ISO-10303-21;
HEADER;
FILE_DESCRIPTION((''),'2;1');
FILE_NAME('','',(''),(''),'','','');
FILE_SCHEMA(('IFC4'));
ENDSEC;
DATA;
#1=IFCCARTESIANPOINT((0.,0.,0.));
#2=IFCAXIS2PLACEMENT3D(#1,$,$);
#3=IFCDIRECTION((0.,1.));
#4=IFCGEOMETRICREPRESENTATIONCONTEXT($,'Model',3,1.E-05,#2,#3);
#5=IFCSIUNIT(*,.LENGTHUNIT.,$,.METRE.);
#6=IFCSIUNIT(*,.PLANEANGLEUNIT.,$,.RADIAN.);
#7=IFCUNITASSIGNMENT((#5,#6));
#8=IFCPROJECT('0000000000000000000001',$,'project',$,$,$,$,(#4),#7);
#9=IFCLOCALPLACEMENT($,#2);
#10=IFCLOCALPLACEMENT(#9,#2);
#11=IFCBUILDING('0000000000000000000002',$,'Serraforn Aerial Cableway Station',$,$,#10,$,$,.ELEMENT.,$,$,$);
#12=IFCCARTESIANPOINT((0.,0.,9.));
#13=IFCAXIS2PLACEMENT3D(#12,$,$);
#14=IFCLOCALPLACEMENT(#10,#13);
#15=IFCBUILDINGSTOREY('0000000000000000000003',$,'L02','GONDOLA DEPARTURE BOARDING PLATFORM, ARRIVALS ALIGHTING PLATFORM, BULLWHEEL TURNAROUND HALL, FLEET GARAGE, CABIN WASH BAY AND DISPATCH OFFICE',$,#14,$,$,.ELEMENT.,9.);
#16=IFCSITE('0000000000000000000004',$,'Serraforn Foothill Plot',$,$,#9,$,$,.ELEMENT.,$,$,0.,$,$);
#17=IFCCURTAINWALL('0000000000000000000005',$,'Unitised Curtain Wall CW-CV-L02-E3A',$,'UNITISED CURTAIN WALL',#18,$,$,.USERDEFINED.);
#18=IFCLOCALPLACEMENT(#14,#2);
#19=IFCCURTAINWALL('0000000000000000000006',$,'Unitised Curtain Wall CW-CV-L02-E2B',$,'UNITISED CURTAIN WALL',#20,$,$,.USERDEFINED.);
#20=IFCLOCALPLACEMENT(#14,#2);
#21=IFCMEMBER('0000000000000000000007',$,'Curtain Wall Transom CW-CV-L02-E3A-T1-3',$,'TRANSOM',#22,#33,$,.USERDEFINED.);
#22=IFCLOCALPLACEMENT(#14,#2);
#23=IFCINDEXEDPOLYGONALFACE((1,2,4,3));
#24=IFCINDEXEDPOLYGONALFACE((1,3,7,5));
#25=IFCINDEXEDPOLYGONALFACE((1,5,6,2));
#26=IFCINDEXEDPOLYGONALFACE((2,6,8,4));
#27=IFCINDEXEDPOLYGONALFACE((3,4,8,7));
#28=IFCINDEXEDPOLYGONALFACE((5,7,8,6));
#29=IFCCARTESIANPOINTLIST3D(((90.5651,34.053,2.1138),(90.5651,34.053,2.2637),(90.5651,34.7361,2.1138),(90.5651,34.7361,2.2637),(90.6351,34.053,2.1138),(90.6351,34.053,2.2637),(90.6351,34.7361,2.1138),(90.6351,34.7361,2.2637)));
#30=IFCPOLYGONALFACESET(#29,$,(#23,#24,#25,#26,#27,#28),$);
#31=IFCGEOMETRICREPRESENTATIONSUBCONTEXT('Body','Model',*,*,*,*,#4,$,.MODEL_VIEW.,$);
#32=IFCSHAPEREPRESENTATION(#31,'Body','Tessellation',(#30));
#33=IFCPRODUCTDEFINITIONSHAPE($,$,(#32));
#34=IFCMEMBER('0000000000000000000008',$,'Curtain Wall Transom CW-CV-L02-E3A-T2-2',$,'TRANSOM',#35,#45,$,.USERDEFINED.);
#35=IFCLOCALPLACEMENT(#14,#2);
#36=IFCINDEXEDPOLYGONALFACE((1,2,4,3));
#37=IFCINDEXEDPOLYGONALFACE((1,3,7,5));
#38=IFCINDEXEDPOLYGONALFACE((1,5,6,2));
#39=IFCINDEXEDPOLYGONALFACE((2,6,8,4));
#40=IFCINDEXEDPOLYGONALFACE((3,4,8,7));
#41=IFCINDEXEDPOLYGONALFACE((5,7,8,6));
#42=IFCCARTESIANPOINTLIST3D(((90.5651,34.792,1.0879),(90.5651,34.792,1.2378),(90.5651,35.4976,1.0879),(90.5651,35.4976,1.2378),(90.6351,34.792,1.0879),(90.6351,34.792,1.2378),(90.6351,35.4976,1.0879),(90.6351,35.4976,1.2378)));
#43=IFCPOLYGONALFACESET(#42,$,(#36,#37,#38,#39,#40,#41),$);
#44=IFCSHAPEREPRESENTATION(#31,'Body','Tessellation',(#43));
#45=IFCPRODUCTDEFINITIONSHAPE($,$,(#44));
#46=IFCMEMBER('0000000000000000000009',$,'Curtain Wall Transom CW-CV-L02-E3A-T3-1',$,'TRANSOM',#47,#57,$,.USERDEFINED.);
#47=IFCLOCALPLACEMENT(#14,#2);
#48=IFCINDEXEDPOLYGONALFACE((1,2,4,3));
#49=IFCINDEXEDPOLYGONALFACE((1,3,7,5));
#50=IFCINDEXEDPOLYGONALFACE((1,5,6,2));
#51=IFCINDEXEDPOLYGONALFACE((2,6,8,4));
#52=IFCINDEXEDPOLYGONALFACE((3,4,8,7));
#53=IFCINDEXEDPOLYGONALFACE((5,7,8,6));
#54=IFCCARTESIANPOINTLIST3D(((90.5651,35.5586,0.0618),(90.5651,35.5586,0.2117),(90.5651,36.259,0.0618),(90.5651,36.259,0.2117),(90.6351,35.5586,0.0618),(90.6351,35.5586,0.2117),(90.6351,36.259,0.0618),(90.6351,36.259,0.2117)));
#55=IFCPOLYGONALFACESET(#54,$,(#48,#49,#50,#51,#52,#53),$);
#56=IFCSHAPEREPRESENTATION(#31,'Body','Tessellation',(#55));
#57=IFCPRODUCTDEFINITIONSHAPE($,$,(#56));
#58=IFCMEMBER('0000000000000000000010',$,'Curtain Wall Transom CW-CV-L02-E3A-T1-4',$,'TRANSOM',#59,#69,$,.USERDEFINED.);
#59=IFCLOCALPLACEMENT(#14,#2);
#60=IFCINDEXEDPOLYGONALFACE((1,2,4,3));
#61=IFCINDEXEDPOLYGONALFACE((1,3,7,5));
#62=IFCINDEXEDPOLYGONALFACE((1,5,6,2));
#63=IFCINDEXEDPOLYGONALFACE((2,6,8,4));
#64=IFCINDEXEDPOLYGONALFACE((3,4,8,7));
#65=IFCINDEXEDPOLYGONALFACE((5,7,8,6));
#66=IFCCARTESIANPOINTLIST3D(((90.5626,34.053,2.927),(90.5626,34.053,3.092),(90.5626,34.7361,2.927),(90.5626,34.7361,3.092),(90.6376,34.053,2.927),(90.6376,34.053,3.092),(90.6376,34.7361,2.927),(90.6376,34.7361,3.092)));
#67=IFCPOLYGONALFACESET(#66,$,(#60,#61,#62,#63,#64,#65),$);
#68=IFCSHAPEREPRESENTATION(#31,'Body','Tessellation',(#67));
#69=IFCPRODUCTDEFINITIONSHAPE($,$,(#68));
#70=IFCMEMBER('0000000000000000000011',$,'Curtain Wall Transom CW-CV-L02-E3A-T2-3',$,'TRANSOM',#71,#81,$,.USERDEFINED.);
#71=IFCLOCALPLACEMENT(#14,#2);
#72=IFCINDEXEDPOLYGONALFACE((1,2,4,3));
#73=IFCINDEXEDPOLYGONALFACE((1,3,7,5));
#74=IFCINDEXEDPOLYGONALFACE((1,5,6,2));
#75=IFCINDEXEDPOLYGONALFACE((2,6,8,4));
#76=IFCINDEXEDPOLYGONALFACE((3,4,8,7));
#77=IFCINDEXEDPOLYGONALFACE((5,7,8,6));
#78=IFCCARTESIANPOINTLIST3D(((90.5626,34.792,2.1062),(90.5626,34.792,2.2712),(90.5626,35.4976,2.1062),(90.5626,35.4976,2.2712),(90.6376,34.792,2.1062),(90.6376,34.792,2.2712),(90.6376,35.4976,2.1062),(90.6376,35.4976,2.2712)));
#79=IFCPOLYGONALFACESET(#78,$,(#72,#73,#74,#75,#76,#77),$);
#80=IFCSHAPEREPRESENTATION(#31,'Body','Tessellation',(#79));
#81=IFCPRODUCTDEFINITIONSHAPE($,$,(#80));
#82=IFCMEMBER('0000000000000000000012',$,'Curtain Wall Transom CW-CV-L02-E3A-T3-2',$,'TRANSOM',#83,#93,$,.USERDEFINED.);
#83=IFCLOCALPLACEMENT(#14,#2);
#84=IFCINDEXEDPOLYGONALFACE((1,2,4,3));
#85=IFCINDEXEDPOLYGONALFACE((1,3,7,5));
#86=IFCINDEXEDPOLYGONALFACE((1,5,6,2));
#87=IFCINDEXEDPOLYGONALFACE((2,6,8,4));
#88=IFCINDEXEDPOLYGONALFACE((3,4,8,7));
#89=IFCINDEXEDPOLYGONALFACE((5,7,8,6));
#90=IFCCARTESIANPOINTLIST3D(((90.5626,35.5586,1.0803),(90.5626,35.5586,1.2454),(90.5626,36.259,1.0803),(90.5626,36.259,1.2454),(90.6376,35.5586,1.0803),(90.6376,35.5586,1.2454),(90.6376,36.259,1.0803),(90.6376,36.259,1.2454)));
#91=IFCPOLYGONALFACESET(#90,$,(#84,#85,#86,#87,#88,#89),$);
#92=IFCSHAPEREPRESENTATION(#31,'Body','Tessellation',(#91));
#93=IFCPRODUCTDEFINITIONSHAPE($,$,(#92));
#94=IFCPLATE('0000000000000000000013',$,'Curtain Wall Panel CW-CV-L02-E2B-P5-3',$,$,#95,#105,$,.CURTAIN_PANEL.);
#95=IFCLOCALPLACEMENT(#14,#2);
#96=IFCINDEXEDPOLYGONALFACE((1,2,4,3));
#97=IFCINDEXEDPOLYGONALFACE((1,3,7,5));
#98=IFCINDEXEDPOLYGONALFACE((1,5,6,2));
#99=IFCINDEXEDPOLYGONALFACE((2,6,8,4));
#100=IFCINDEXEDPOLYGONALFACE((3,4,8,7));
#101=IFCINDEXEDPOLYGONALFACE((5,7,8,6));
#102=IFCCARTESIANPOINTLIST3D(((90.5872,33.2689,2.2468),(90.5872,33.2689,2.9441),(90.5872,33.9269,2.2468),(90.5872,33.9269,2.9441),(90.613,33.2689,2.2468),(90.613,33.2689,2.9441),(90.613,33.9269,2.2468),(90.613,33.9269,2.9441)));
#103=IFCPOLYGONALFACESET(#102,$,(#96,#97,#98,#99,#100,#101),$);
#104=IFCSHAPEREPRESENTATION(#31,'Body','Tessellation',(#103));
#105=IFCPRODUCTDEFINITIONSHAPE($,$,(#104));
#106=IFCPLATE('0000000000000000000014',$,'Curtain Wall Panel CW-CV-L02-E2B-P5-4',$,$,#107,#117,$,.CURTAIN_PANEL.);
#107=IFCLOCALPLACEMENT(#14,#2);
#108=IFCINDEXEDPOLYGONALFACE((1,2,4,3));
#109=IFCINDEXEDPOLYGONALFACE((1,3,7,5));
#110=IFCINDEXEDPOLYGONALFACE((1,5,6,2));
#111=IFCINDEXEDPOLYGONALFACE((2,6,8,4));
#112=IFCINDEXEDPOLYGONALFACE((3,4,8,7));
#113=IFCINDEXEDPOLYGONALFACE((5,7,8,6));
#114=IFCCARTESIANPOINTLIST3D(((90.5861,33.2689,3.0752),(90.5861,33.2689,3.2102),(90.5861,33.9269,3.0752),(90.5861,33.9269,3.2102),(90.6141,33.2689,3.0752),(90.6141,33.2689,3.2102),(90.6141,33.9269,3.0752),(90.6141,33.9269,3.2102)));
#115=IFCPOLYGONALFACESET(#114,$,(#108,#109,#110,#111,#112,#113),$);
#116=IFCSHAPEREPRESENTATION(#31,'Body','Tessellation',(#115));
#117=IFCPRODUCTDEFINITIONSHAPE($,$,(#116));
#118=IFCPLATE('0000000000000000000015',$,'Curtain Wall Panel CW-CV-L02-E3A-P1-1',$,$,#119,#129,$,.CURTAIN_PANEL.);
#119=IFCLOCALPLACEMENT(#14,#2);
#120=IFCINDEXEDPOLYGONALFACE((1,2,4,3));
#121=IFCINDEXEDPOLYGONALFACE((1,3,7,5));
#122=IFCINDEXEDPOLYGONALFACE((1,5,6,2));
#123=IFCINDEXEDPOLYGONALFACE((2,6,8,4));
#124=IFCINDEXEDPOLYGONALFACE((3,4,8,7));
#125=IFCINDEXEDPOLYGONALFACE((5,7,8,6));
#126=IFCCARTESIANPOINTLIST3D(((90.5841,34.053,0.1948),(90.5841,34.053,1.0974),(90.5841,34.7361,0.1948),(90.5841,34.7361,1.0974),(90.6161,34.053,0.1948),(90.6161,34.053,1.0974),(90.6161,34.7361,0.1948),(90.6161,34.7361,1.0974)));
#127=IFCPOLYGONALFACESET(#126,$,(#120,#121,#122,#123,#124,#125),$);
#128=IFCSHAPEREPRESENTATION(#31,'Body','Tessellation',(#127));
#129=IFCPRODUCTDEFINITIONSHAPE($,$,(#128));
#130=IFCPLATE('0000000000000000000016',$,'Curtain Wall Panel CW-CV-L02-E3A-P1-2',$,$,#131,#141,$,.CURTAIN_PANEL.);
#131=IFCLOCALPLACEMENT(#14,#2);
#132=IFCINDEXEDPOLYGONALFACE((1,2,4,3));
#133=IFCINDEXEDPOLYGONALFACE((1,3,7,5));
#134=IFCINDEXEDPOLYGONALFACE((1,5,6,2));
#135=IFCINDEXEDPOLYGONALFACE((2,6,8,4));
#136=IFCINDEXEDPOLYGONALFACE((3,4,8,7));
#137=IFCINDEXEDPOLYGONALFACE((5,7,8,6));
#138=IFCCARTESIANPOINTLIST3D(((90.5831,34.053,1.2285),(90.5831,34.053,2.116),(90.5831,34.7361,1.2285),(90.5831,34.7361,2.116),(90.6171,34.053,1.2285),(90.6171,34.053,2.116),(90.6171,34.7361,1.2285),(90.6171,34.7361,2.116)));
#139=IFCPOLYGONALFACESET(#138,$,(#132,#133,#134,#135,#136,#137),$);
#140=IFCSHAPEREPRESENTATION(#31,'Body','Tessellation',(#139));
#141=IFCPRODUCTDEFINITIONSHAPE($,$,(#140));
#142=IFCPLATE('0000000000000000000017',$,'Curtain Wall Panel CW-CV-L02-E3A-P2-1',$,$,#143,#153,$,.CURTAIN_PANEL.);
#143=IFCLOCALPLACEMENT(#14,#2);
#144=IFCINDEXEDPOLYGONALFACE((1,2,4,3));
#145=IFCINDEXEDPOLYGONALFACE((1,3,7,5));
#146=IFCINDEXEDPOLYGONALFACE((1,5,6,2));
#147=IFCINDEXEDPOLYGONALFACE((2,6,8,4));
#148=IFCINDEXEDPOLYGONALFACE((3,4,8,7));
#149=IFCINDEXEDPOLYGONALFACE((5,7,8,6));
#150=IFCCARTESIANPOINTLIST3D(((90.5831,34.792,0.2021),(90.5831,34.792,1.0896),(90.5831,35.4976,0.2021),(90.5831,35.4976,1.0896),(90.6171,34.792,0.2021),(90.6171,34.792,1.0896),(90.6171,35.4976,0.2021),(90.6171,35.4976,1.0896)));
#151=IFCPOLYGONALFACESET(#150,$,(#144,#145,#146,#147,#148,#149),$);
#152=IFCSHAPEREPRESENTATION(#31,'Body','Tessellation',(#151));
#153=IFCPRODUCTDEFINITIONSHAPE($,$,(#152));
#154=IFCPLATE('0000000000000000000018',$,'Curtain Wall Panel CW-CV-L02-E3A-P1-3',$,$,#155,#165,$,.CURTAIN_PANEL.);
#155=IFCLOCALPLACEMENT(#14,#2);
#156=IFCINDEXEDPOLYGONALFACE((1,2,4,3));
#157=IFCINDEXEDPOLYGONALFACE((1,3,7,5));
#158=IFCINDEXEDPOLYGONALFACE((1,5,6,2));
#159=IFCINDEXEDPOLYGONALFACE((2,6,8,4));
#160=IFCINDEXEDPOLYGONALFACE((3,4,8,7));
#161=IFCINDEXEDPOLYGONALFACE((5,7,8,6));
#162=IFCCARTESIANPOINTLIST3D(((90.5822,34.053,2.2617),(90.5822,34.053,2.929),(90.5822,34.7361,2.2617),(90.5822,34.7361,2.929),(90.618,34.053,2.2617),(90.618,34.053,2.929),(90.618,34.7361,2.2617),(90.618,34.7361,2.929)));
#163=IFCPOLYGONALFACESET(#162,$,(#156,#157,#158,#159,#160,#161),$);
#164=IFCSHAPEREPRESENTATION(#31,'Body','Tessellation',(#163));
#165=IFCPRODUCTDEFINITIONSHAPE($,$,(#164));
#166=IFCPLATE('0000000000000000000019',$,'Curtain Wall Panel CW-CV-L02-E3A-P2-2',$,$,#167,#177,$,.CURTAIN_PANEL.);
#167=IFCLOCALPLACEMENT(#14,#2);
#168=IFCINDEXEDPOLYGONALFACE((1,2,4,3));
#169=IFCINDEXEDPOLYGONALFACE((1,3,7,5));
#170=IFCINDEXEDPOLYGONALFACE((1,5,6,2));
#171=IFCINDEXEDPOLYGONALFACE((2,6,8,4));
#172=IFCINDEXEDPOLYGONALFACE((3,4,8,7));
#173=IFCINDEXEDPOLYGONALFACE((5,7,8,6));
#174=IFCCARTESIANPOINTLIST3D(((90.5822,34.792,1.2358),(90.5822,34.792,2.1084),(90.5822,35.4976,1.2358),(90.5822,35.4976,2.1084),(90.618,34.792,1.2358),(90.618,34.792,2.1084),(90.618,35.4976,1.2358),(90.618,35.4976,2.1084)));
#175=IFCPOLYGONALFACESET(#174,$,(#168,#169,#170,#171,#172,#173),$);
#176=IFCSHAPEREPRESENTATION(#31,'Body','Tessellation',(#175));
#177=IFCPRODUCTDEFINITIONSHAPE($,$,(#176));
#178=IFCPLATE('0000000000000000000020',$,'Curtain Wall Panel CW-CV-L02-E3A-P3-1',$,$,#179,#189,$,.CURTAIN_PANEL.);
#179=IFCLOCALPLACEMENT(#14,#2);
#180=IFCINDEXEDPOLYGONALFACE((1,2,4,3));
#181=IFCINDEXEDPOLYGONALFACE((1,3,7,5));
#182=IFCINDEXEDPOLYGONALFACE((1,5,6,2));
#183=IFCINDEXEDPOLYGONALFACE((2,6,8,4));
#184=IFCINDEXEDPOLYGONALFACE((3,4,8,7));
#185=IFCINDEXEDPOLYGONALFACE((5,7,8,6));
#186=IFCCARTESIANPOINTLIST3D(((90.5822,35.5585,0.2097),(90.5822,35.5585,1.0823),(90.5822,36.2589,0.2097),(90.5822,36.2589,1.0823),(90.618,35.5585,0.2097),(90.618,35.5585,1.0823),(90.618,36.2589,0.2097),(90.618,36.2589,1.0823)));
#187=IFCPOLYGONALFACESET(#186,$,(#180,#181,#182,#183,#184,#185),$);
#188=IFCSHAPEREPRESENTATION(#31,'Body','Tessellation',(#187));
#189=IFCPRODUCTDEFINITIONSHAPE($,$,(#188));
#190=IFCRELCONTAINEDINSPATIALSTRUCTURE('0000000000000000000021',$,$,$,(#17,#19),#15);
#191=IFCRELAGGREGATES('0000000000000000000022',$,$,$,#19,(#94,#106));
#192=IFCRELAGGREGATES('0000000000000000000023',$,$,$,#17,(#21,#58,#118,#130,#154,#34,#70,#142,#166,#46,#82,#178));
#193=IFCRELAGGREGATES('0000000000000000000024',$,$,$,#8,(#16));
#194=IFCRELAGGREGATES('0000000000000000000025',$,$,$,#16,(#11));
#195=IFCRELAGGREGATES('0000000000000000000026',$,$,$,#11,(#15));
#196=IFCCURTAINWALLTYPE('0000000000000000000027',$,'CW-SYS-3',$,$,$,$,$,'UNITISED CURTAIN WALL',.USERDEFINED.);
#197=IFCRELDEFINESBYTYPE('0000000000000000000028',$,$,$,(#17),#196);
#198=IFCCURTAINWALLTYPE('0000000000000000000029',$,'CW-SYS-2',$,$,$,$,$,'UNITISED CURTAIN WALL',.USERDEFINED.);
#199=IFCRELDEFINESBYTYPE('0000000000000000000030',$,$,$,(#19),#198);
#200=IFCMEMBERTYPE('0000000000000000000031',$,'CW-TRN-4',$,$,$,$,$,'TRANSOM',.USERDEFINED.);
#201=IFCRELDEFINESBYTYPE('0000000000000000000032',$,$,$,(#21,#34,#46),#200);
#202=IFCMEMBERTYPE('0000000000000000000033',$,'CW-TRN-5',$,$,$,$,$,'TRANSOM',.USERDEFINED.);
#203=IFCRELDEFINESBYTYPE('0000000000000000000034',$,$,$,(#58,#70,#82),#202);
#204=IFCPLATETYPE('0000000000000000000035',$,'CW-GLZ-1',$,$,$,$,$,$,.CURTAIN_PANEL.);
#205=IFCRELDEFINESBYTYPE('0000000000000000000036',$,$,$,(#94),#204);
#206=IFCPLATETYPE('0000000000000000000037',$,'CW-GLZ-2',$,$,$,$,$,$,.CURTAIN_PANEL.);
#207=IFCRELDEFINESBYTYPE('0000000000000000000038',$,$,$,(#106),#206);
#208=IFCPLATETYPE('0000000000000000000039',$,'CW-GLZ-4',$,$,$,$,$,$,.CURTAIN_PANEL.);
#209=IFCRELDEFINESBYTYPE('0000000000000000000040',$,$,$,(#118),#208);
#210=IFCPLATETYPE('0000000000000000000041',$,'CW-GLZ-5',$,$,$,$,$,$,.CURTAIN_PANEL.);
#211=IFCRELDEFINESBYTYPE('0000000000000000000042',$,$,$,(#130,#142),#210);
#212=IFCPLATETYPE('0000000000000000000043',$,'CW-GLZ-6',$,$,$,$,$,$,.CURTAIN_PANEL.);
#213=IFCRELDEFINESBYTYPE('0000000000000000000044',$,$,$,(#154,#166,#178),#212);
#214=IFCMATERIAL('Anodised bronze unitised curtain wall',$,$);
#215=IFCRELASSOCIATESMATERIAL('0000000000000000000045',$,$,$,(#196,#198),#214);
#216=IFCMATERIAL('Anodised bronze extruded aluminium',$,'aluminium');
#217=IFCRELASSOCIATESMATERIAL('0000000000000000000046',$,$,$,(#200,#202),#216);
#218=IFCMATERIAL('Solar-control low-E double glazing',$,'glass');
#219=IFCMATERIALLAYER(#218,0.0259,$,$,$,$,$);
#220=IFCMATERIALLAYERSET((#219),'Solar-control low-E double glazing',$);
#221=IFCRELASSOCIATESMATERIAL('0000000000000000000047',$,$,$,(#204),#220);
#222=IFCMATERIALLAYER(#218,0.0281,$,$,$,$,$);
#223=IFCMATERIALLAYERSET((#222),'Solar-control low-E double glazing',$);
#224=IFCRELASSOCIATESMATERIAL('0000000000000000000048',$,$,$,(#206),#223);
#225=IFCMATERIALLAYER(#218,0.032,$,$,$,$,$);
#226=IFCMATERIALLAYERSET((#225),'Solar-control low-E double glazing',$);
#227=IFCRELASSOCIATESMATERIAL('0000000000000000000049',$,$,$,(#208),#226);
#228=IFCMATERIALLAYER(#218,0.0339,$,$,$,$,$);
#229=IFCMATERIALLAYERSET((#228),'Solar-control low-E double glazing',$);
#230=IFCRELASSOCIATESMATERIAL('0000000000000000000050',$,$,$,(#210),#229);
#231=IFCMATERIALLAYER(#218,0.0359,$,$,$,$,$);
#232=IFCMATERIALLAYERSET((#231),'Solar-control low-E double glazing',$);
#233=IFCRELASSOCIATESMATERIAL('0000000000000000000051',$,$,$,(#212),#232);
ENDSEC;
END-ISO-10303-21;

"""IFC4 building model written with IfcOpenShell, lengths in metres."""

from ifc_helpers import new_model, si_unit, direction, frame, origin, origin_2d, place, context, subcontext, project, spatial, rectangle, extrude, material, layer, layer_set, material_profile, profile_set, type_object, element, aggregate, save


model = new_model("IFC4")

# Units and contexts
model_context = context("Model", 3, precision=1e-05, world=origin(), true_north=direction((0.0, 1.0)))
body_context = subcontext(model_context, "Body", "Model", "MODEL_VIEW")
ifc_project = project(units=[si_unit("LENGTHUNIT", "METRE"), si_unit("PLANEANGLEUNIT", "RADIAN")], contexts=[model_context])

# Site, building, storey
site_placement = place(None, origin())
site = spatial("IfcSite", under=ifc_project, at=site_placement, Name="Serraforn Foothill Plot", CompositionType="ELEMENT", RefElevation=0.0)
building_placement = place(site_placement, origin())
building = spatial("IfcBuilding", under=site, at=building_placement, Name="Serraforn Aerial Cableway Station", CompositionType="ELEMENT")
storey_placement = place(building_placement, frame((0.0, 0.0, 9.0)))
storey = spatial("IfcBuildingStorey", under=building, at=storey_placement, Name="L02", Description="GONDOLA DEPARTURE BOARDING PLATFORM, ARRIVALS ALIGHTING PLATFORM, BULLWHEEL TURNAROUND HALL, FLEET GARAGE, CABIN WASH BAY AND DISPATCH OFFICE", CompositionType="ELEMENT", Elevation=9.0)

# Curtain wall
ifc_material_1 = material(Name="Anodised bronze unitised curtain wall")
curtain_wall_type_1 = type_object("IfcCurtainWallType", Name="CW-SYS-3", ElementType="UNITISED CURTAIN WALL", PredefinedType="USERDEFINED", material=ifc_material_1)
curtain_wall_1_placement = place(storey_placement, origin())
curtain_wall_1 = element("IfcCurtainWall", 1, at=curtain_wall_1_placement, inside=storey, type_object=curtain_wall_type_1, Name="Unitised Curtain Wall CW-CV-L02-E3A", ObjectType="UNITISED CURTAIN WALL", PredefinedType="USERDEFINED")
ifc_material_2 = material(Name="Anodised bronze extruded aluminium", Category="aluminium")

# Curtain wall
curtain_wall_type_2 = type_object("IfcCurtainWallType", Name="CW-SYS-2", ElementType="UNITISED CURTAIN WALL", PredefinedType="USERDEFINED", material=ifc_material_1)
curtain_wall_2_placement = place(storey_placement, origin())
curtain_wall_2 = element("IfcCurtainWall", 2, at=curtain_wall_2_placement, inside=storey, type_object=curtain_wall_type_2, Name="Unitised Curtain Wall CW-CV-L02-E2B", ObjectType="UNITISED CURTAIN WALL", PredefinedType="USERDEFINED")

# Members
ifc_material_profile_1 = material_profile(ifc_material_2, rectangle(XDim=0.0701, YDim=0.1499, at=origin_2d()), Name="CW TRANSOM 70x150")
ifc_profile_set_1 = profile_set([ifc_material_profile_1], Name="Anodised bronze extruded aluminium")
member_type_1 = type_object("IfcMemberType", Name="CW-TRN-4", ElementType="TRANSOM", PredefinedType="USERDEFINED", material=ifc_profile_set_1)
member_1_placement = place(storey_placement, frame((90.6001, 34.053, 2.1887), z_axis=(0.0, 1.0, 0.0), x_axis=(-1.0, 0.0, 0.0)))
member_1 = element("IfcMember", 3, at=member_1_placement, type_object=member_type_1, Name="Curtain Wall Transom CW-CV-L02-E3A-T1-3", ObjectType="TRANSOM", PredefinedType="USERDEFINED", context=body_context, shape_type="SweptSolid", body=[
    extrude(rectangle(XDim=0.0701, YDim=0.1499, at=origin_2d()), origin(), (0.0, 0.0, 1.0), 0.6831),
])
member_2_placement = place(storey_placement, frame((90.6001, 34.792, 1.1628), z_axis=(0.0, 1.0, 0.0), x_axis=(-1.0, 0.0, 0.0)))
member_2 = element("IfcMember", 4, at=member_2_placement, type_object=member_type_1, Name="Curtain Wall Transom CW-CV-L02-E3A-T2-2", ObjectType="TRANSOM", PredefinedType="USERDEFINED", context=body_context, shape_type="SweptSolid", body=[
    extrude(rectangle(XDim=0.0701, YDim=0.1499, at=origin_2d()), origin(), (0.0, 0.0, 1.0), 0.7056),
])
member_3_placement = place(storey_placement, frame((90.6001, 35.5586, 0.1367), z_axis=(0.0, 1.0, 0.0), x_axis=(-1.0, 0.0, 0.0)))
member_3 = element("IfcMember", 5, at=member_3_placement, type_object=member_type_1, Name="Curtain Wall Transom CW-CV-L02-E3A-T3-1", ObjectType="TRANSOM", PredefinedType="USERDEFINED", context=body_context, shape_type="SweptSolid", body=[
    extrude(rectangle(XDim=0.0701, YDim=0.1499, at=origin_2d()), origin(), (0.0, 0.0, 1.0), 0.7004),
])
ifc_material_profile_2 = material_profile(ifc_material_2, rectangle(XDim=0.075, YDim=0.165, at=origin_2d()), Name="CW TRANSOM 75x165")
ifc_profile_set_2 = profile_set([ifc_material_profile_2], Name="Anodised bronze extruded aluminium")
member_type_2 = type_object("IfcMemberType", Name="CW-TRN-5", ElementType="TRANSOM", PredefinedType="USERDEFINED", material=ifc_profile_set_2)
member_4_placement = place(storey_placement, frame((90.6001, 34.053, 3.0095), z_axis=(0.0, 1.0, 0.0), x_axis=(-1.0, 0.0, 0.0)))
member_4 = element("IfcMember", 6, at=member_4_placement, type_object=member_type_2, Name="Curtain Wall Transom CW-CV-L02-E3A-T1-4", ObjectType="TRANSOM", PredefinedType="USERDEFINED", context=body_context, shape_type="SweptSolid", body=[
    extrude(rectangle(XDim=0.075, YDim=0.165, at=origin_2d()), origin(), (0.0, 0.0, 1.0), 0.6831),
])
member_5_placement = place(storey_placement, frame((90.6001, 34.792, 2.1887), z_axis=(0.0, 1.0, 0.0), x_axis=(-1.0, 0.0, 0.0)))
member_5 = element("IfcMember", 7, at=member_5_placement, type_object=member_type_2, Name="Curtain Wall Transom CW-CV-L02-E3A-T2-3", ObjectType="TRANSOM", PredefinedType="USERDEFINED", context=body_context, shape_type="SweptSolid", body=[
    extrude(rectangle(XDim=0.075, YDim=0.165, at=origin_2d()), origin(), (0.0, 0.0, 1.0), 0.7056),
])
member_6_placement = place(storey_placement, frame((90.6001, 35.5586, 1.1628), z_axis=(0.0, 1.0, 0.0), x_axis=(-1.0, 0.0, 0.0)))
member_6 = element("IfcMember", 8, at=member_6_placement, type_object=member_type_2, Name="Curtain Wall Transom CW-CV-L02-E3A-T3-2", ObjectType="TRANSOM", PredefinedType="USERDEFINED", context=body_context, shape_type="SweptSolid", body=[
    extrude(rectangle(XDim=0.075, YDim=0.165, at=origin_2d()), origin(), (0.0, 0.0, 1.0), 0.7004),
])

# Plates
ifc_material_3 = material(Name="Solar-control low-E double glazing", Category="glass")
ifc_layer_1 = layer(ifc_material_3, 0.0259)
ifc_layer_set_1 = layer_set([ifc_layer_1], Name="Solar-control low-E double glazing")
plate_type_1 = type_object("IfcPlateType", Name="CW-GLZ-1", PredefinedType="CURTAIN_PANEL", material=ifc_layer_set_1)
plate_1_placement = place(storey_placement, frame((90.6001, 33.5979, 2.2468), z_axis=(0.0, 0.0, 1.0), x_axis=(1.0, 0.0, 0.0)))
plate_1 = element("IfcPlate", 9, at=plate_1_placement, type_object=plate_type_1, Name="Curtain Wall Panel CW-CV-L02-E2B-P5-3", PredefinedType="CURTAIN_PANEL", context=body_context, shape_type="SweptSolid", body=[
    extrude(rectangle(XDim=0.0259, YDim=0.658, at=origin_2d()), origin(), (0.0, 0.0, 1.0), 0.6973),
])
ifc_layer_2 = layer(ifc_material_3, 0.0281)
ifc_layer_set_2 = layer_set([ifc_layer_2], Name="Solar-control low-E double glazing")
plate_type_2 = type_object("IfcPlateType", Name="CW-GLZ-2", PredefinedType="CURTAIN_PANEL", material=ifc_layer_set_2)
plate_2_placement = place(storey_placement, frame((90.6001, 33.5979, 3.0752), z_axis=(0.0, 0.0, 1.0), x_axis=(1.0, 0.0, 0.0)))
plate_2 = element("IfcPlate", 10, at=plate_2_placement, type_object=plate_type_2, Name="Curtain Wall Panel CW-CV-L02-E2B-P5-4", PredefinedType="CURTAIN_PANEL", context=body_context, shape_type="SweptSolid", body=[
    extrude(rectangle(XDim=0.0281, YDim=0.658, at=origin_2d()), origin(), (0.0, 0.0, 1.0), 0.135),
])
ifc_layer_3 = layer(ifc_material_3, 0.032)
ifc_layer_set_3 = layer_set([ifc_layer_3], Name="Solar-control low-E double glazing")
plate_type_3 = type_object("IfcPlateType", Name="CW-GLZ-4", PredefinedType="CURTAIN_PANEL", material=ifc_layer_set_3)
plate_3_placement = place(storey_placement, frame((90.6001, 34.3945, 0.1948), z_axis=(0.0, 0.0, 1.0), x_axis=(1.0, 0.0, 0.0)))
plate_3 = element("IfcPlate", 11, at=plate_3_placement, type_object=plate_type_3, Name="Curtain Wall Panel CW-CV-L02-E3A-P1-1", PredefinedType="CURTAIN_PANEL", context=body_context, shape_type="SweptSolid", body=[
    extrude(rectangle(XDim=0.032, YDim=0.6831, at=origin_2d()), origin(), (0.0, 0.0, 1.0), 0.9026),
])
ifc_layer_4 = layer(ifc_material_3, 0.0339)
ifc_layer_set_4 = layer_set([ifc_layer_4], Name="Solar-control low-E double glazing")
plate_type_4 = type_object("IfcPlateType", Name="CW-GLZ-5", PredefinedType="CURTAIN_PANEL", material=ifc_layer_set_4)
plate_4_placement = place(storey_placement, frame((90.6001, 34.3945, 1.2285), z_axis=(0.0, 0.0, 1.0), x_axis=(1.0, 0.0, 0.0)))
plate_4 = element("IfcPlate", 12, at=plate_4_placement, type_object=plate_type_4, Name="Curtain Wall Panel CW-CV-L02-E3A-P1-2", PredefinedType="CURTAIN_PANEL", context=body_context, shape_type="SweptSolid", body=[
    extrude(rectangle(XDim=0.0339, YDim=0.6831, at=origin_2d()), origin(), (0.0, 0.0, 1.0), 0.8875),
])
plate_5_placement = place(storey_placement, frame((90.6001, 35.1448, 0.2021), z_axis=(0.0, 0.0, 1.0), x_axis=(1.0, 0.0, 0.0)))
plate_5 = element("IfcPlate", 13, at=plate_5_placement, type_object=plate_type_4, Name="Curtain Wall Panel CW-CV-L02-E3A-P2-1", PredefinedType="CURTAIN_PANEL", context=body_context, shape_type="SweptSolid", body=[
    extrude(rectangle(XDim=0.0339, YDim=0.7056, at=origin_2d()), origin(), (0.0, 0.0, 1.0), 0.8875),
])
ifc_layer_5 = layer(ifc_material_3, 0.0359)
ifc_layer_set_5 = layer_set([ifc_layer_5], Name="Solar-control low-E double glazing")
plate_type_5 = type_object("IfcPlateType", Name="CW-GLZ-6", PredefinedType="CURTAIN_PANEL", material=ifc_layer_set_5)
plate_6_placement = place(storey_placement, frame((90.6001, 34.3945, 2.2617), z_axis=(0.0, 0.0, 1.0), x_axis=(1.0, 0.0, 0.0)))
plate_6 = element("IfcPlate", 14, at=plate_6_placement, type_object=plate_type_5, Name="Curtain Wall Panel CW-CV-L02-E3A-P1-3", PredefinedType="CURTAIN_PANEL", context=body_context, shape_type="SweptSolid", body=[
    extrude(rectangle(XDim=0.0359, YDim=0.6831, at=origin_2d()), origin(), (0.0, 0.0, 1.0), 0.6672),
])
plate_7_placement = place(storey_placement, frame((90.6001, 35.1448, 1.2358), z_axis=(0.0, 0.0, 1.0), x_axis=(1.0, 0.0, 0.0)))
plate_7 = element("IfcPlate", 15, at=plate_7_placement, type_object=plate_type_5, Name="Curtain Wall Panel CW-CV-L02-E3A-P2-2", PredefinedType="CURTAIN_PANEL", context=body_context, shape_type="SweptSolid", body=[
    extrude(rectangle(XDim=0.0359, YDim=0.7056, at=origin_2d()), origin(), (0.0, 0.0, 1.0), 0.8726),
])
plate_8_placement = place(storey_placement, frame((90.6001, 35.9087, 0.2097), z_axis=(0.0, 0.0, 1.0), x_axis=(1.0, 0.0, 0.0)))
plate_8 = element("IfcPlate", 16, at=plate_8_placement, type_object=plate_type_5, Name="Curtain Wall Panel CW-CV-L02-E3A-P3-1", PredefinedType="CURTAIN_PANEL", context=body_context, shape_type="SweptSolid", body=[
    extrude(rectangle(XDim=0.0359, YDim=0.7004, at=origin_2d()), origin(), (0.0, 0.0, 1.0), 0.8726),
])
aggregate(curtain_wall_2, [plate_1, plate_2])
aggregate(curtain_wall_1, [member_1, member_4, plate_3, plate_4, plate_6, member_2, member_5, plate_5, plate_7, member_3, member_6, plate_8])

save(model, "model.ifc")
